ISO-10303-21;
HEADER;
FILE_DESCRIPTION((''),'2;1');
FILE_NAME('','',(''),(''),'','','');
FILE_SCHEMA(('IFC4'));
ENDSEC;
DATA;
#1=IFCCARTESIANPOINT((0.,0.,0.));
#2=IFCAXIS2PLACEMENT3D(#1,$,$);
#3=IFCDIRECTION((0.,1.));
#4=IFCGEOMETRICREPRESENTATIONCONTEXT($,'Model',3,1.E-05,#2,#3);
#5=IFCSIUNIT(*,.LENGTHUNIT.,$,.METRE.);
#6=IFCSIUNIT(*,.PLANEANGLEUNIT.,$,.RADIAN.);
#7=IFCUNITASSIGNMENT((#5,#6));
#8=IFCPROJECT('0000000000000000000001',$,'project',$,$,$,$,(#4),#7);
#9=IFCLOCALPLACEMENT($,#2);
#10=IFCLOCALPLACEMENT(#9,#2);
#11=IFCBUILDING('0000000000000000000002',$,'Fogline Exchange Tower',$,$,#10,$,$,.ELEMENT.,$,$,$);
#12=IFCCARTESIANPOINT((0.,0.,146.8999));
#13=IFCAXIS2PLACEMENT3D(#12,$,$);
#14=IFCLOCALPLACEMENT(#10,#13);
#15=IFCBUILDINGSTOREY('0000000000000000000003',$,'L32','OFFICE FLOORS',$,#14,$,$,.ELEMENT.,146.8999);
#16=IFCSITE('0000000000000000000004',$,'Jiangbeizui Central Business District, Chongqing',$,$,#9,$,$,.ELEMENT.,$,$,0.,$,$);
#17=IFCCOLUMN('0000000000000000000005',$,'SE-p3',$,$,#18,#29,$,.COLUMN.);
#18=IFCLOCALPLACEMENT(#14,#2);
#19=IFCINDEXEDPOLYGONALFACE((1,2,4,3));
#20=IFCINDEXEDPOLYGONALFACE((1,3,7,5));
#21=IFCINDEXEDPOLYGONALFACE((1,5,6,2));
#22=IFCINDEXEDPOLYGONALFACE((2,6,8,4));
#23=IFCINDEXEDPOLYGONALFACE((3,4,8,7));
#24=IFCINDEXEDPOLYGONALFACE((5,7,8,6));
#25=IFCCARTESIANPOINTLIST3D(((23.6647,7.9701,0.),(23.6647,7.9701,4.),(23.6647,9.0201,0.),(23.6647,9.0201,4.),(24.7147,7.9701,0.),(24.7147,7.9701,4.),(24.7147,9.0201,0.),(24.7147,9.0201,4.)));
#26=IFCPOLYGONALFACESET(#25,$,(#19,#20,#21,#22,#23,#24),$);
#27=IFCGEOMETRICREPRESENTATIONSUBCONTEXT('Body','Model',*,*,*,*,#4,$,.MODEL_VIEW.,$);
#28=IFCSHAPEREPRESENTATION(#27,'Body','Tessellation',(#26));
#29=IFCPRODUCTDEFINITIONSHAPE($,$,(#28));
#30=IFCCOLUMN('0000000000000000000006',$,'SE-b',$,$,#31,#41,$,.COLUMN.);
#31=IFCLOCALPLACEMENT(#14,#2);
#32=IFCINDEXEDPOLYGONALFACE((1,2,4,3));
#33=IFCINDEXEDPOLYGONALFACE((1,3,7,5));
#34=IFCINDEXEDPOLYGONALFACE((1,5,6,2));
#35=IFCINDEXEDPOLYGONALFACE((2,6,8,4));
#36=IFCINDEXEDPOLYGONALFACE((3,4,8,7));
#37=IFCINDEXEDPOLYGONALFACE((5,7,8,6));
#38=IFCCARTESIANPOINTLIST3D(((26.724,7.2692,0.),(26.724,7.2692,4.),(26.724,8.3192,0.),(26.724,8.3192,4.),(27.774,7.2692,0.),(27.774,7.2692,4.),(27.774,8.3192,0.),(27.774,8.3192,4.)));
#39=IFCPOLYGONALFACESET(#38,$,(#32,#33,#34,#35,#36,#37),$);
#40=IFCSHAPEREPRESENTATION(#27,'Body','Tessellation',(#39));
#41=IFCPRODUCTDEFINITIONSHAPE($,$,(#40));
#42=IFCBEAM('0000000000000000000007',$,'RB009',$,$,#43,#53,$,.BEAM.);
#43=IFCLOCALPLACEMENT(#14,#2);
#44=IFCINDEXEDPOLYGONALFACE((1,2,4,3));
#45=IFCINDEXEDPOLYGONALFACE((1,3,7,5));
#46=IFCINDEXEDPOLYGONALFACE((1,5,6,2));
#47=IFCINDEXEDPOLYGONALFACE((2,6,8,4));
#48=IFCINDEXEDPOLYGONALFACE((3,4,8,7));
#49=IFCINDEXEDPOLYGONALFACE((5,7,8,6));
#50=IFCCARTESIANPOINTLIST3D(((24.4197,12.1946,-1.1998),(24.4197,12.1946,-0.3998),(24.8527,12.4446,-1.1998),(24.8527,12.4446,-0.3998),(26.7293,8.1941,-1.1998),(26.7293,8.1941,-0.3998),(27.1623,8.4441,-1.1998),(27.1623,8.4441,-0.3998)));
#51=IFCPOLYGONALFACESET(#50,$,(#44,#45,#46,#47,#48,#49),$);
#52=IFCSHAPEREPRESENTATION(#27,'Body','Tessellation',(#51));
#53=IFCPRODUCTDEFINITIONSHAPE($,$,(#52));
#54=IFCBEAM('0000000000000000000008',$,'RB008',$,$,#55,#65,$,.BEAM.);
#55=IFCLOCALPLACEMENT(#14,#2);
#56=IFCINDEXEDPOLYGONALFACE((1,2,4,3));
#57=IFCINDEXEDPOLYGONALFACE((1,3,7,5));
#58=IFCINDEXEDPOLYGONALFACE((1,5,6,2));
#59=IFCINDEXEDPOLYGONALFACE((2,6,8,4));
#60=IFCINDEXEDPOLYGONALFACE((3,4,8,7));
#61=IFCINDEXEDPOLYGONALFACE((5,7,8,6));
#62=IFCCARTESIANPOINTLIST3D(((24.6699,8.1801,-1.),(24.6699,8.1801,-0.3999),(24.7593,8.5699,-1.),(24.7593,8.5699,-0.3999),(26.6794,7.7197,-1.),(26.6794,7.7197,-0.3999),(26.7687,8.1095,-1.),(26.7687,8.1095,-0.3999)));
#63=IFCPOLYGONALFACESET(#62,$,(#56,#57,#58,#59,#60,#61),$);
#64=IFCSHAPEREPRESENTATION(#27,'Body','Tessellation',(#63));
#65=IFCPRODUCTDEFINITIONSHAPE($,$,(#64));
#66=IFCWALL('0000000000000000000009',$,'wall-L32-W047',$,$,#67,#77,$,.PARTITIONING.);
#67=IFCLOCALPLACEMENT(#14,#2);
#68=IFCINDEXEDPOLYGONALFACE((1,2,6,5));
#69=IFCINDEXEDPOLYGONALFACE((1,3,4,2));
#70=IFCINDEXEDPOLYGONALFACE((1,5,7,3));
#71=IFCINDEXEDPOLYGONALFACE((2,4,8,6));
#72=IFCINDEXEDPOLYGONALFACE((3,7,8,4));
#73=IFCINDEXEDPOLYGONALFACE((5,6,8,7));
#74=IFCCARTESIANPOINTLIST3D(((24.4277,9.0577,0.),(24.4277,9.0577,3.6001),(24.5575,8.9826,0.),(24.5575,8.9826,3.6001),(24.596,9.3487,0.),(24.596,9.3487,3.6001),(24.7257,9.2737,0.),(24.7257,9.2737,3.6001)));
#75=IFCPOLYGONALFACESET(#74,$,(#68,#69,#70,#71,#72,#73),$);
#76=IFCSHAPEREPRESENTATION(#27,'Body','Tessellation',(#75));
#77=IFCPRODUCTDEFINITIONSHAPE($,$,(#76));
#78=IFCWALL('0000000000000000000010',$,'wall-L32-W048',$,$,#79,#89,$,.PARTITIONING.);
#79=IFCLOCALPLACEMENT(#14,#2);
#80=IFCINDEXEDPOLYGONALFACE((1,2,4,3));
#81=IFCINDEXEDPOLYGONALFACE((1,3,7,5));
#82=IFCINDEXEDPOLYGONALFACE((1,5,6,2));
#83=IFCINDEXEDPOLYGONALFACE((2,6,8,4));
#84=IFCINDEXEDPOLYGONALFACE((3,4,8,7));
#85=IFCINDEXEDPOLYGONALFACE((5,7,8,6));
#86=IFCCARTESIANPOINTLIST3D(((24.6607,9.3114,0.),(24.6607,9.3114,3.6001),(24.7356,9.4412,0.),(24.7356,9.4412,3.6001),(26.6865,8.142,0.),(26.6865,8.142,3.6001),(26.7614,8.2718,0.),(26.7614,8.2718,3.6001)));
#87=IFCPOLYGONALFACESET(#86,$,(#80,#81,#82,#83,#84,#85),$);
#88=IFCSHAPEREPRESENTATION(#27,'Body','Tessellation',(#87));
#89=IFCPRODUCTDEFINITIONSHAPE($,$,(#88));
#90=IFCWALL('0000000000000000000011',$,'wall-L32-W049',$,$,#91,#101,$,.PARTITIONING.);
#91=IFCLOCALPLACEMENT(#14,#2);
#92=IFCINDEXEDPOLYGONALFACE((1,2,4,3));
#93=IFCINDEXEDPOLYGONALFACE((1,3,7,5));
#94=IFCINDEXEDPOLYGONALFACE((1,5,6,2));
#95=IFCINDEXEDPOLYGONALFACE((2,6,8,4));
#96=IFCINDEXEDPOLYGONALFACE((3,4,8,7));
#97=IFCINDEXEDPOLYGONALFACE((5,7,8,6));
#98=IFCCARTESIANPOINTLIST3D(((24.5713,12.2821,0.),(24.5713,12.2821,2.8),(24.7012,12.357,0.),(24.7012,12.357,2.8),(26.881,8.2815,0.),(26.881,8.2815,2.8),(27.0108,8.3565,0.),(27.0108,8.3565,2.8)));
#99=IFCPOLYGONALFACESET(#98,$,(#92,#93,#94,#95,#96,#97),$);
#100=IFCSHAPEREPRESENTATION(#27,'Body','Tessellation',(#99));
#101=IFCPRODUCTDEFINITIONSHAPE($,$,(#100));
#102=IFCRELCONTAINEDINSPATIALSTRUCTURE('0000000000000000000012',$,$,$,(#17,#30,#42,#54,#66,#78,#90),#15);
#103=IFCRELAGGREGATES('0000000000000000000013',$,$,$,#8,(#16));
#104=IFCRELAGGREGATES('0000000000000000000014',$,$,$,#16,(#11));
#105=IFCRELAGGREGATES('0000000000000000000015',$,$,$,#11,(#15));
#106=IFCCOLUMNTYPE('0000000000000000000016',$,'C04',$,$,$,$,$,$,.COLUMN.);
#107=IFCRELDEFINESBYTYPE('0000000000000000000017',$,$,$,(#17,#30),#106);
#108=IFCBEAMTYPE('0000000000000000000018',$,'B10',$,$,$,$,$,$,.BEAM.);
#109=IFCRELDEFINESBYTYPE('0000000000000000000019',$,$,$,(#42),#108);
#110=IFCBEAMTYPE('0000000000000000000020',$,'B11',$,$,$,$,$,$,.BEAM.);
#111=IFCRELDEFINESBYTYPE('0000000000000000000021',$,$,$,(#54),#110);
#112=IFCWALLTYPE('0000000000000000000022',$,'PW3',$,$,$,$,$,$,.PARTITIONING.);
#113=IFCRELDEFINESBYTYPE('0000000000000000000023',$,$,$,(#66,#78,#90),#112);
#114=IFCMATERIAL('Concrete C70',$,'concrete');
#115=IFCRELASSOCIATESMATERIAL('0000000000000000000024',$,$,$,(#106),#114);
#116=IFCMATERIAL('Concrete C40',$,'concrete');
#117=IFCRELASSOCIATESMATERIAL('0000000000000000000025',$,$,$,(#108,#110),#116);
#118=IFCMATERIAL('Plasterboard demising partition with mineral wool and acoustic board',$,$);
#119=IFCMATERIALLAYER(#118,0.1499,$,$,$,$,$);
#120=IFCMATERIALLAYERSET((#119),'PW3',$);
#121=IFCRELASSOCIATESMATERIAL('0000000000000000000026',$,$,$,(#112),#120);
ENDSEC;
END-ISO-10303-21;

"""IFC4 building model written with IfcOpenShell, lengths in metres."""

from ifc_helpers import new_model, si_unit, direction, frame, frame_2d, origin, origin_2d, place, context, subcontext, project, spatial, rectangle, extrude, material, layer, layer_set, material_profile, profile_set, type_object, element, save


model = new_model("IFC4")

# Units and contexts
model_context = context("Model", 3, precision=1e-05, world=origin(), true_north=direction((0.0, 1.0)))
body_context = subcontext(model_context, "Body", "Model", "MODEL_VIEW")
ifc_project = project(units=[si_unit("LENGTHUNIT", "METRE"), si_unit("PLANEANGLEUNIT", "RADIAN")], contexts=[model_context])

# Site, building, storey
site_placement = place(None, origin())
site = spatial("IfcSite", under=ifc_project, at=site_placement, Name="Jiangbeizui Central Business District, Chongqing", CompositionType="ELEMENT", RefElevation=0.0)
building_placement = place(site_placement, origin())
building = spatial("IfcBuilding", under=site, at=building_placement, Name="Fogline Exchange Tower", CompositionType="ELEMENT")
storey_placement = place(building_placement, frame((0.0, 0.0, 146.8999)))
storey = spatial("IfcBuildingStorey", under=building, at=storey_placement, Name="L32", Description="OFFICE FLOORS", CompositionType="ELEMENT", Elevation=146.8999)

# Columns
ifc_material_1 = material(Name="Concrete C70", Category="concrete")
ifc_material_profile_1 = material_profile(ifc_material_1, rectangle(XDim=1.05, YDim=1.05, at=origin_2d()), Name="RC 1050x1050")
ifc_profile_set_1 = profile_set([ifc_material_profile_1], Name="Concrete C70")
column_type = type_object("IfcColumnType", Name="C04", PredefinedType="COLUMN", material=ifc_profile_set_1)
for number, where, z_axis, x_axis, name in (
    (1, (24.1897, 8.4951, 0.0), (0.0, 0.0, 1.0), (1.0, 0.0, 0.0), "SE-p3"),
    (2, (27.249, 7.7942, 0.0), (0.0, 0.0, 1.0), (1.0, 0.0, 0.0), "SE-b"),
):
    element("IfcColumn", number, at=place(storey_placement, frame(where, z_axis=z_axis, x_axis=x_axis)), inside=storey, type_object=column_type, Name=name, PredefinedType="COLUMN", context=body_context, shape_type="SweptSolid", body=[
        extrude(rectangle(XDim=1.05, YDim=1.05, at=origin_2d()), origin(), (0.0, 0.0, 1.0), 4.0),
    ])

# Beams
ifc_material_2 = material(Name="Concrete C40", Category="concrete")
ifc_material_profile_2 = material_profile(ifc_material_2, rectangle(XDim=0.5, YDim=0.8, at=origin_2d()), Name="RC 500x800")
ifc_profile_set_2 = profile_set([ifc_material_profile_2], Name="Concrete C40")
beam_type_1 = type_object("IfcBeamType", Name="B10", PredefinedType="BEAM", material=ifc_profile_set_2)
beam_1_placement = place(storey_placement, frame((26.9458, 8.3191, -0.7998), z_axis=(-0.499982, 0.866036, 0.0), x_axis=(-0.866036, -0.499982, 0.0)))
element("IfcBeam", 3, at=beam_1_placement, inside=storey, type_object=beam_type_1, Name="RB009", PredefinedType="BEAM", context=body_context, shape_type="SweptSolid", body=[
    extrude(rectangle(XDim=0.5, YDim=0.8, at=origin_2d()), origin(), (0.0, 0.0, 1.0), 4.6194),
])
ifc_material_profile_3 = material_profile(ifc_material_2, rectangle(XDim=0.3999, YDim=0.6001, at=origin_2d()), Name="RC 400x600")
ifc_profile_set_3 = profile_set([ifc_material_profile_3], Name="Concrete C40")
beam_type_2 = type_object("IfcBeamType", Name="B11", PredefinedType="BEAM", material=ifc_profile_set_3)
beam_2_placement = place(storey_placement, frame((24.7146, 8.375, -0.7), z_axis=(0.974739, -0.223346, 0.0), x_axis=(0.223346, 0.974739, 0.0)))
element("IfcBeam", 4, at=beam_2_placement, inside=storey, type_object=beam_type_2, Name="RB008", PredefinedType="BEAM", context=body_context, shape_type="SweptSolid", body=[
    extrude(rectangle(XDim=0.3999, YDim=0.6001, at=origin_2d()), origin(), (0.0, 0.0, 1.0), 2.0615),
])

# Walls
ifc_material_3 = material(Name="Plasterboard demising partition with mineral wool and acoustic board")
ifc_layer_1 = layer(ifc_material_3, 0.1499)
ifc_layer_set_1 = layer_set([ifc_layer_1], Name="PW3")
wall_type_1 = type_object("IfcWallType", Name="PW3", PredefinedType="PARTITIONING", material=ifc_layer_set_1)
wall_1_placement = place(storey_placement, frame((24.4927, 9.0203, 0.0), z_axis=(0.0, 0.0, 1.0), x_axis=(0.500435, 0.865774, 0.0)))
element("IfcWall", 5, at=wall_1_placement, inside=storey, type_object=wall_type_1, Name="wall-L32-W047", PredefinedType="PARTITIONING", context=body_context, shape_type="SweptSolid", body=[
    extrude(rectangle(XDim=0.3362, YDim=0.1499, at=frame_2d((0.168, 0.0))), origin(), (0.0, 0.0, 1.0), 3.6001),
])
wall_2_placement = place(storey_placement, frame((24.6982, 9.3762, 0.0), z_axis=(0.0, 0.0, 1.0), x_axis=(0.866064, -0.499933, 0.0)))
element("IfcWall", 6, at=wall_2_placement, inside=storey, type_object=wall_type_1, Name="wall-L32-W048", PredefinedType="PARTITIONING", context=body_context, shape_type="SweptSolid", body=[
    extrude(rectangle(XDim=2.3391, YDim=0.1499, at=frame_2d((1.1694, 0.0))), origin(), (0.0, 0.0, 1.0), 3.6001),
])
wall_3_placement = place(storey_placement, frame((26.9458, 8.3191, 0.0), z_axis=(0.0, 0.0, 1.0), x_axis=(-0.499982, 0.866036, 0.0)))
element("IfcWall", 7, at=wall_3_placement, inside=storey, type_object=wall_type_1, Name="wall-L32-W049", PredefinedType="PARTITIONING", context=body_context, shape_type="SweptSolid", body=[
    extrude(rectangle(XDim=4.6194, YDim=0.1499, at=frame_2d((2.3096, 0.0))), origin(), (0.0, 0.0, 1.0), 2.8),
])

save(model, "model.ifc")
